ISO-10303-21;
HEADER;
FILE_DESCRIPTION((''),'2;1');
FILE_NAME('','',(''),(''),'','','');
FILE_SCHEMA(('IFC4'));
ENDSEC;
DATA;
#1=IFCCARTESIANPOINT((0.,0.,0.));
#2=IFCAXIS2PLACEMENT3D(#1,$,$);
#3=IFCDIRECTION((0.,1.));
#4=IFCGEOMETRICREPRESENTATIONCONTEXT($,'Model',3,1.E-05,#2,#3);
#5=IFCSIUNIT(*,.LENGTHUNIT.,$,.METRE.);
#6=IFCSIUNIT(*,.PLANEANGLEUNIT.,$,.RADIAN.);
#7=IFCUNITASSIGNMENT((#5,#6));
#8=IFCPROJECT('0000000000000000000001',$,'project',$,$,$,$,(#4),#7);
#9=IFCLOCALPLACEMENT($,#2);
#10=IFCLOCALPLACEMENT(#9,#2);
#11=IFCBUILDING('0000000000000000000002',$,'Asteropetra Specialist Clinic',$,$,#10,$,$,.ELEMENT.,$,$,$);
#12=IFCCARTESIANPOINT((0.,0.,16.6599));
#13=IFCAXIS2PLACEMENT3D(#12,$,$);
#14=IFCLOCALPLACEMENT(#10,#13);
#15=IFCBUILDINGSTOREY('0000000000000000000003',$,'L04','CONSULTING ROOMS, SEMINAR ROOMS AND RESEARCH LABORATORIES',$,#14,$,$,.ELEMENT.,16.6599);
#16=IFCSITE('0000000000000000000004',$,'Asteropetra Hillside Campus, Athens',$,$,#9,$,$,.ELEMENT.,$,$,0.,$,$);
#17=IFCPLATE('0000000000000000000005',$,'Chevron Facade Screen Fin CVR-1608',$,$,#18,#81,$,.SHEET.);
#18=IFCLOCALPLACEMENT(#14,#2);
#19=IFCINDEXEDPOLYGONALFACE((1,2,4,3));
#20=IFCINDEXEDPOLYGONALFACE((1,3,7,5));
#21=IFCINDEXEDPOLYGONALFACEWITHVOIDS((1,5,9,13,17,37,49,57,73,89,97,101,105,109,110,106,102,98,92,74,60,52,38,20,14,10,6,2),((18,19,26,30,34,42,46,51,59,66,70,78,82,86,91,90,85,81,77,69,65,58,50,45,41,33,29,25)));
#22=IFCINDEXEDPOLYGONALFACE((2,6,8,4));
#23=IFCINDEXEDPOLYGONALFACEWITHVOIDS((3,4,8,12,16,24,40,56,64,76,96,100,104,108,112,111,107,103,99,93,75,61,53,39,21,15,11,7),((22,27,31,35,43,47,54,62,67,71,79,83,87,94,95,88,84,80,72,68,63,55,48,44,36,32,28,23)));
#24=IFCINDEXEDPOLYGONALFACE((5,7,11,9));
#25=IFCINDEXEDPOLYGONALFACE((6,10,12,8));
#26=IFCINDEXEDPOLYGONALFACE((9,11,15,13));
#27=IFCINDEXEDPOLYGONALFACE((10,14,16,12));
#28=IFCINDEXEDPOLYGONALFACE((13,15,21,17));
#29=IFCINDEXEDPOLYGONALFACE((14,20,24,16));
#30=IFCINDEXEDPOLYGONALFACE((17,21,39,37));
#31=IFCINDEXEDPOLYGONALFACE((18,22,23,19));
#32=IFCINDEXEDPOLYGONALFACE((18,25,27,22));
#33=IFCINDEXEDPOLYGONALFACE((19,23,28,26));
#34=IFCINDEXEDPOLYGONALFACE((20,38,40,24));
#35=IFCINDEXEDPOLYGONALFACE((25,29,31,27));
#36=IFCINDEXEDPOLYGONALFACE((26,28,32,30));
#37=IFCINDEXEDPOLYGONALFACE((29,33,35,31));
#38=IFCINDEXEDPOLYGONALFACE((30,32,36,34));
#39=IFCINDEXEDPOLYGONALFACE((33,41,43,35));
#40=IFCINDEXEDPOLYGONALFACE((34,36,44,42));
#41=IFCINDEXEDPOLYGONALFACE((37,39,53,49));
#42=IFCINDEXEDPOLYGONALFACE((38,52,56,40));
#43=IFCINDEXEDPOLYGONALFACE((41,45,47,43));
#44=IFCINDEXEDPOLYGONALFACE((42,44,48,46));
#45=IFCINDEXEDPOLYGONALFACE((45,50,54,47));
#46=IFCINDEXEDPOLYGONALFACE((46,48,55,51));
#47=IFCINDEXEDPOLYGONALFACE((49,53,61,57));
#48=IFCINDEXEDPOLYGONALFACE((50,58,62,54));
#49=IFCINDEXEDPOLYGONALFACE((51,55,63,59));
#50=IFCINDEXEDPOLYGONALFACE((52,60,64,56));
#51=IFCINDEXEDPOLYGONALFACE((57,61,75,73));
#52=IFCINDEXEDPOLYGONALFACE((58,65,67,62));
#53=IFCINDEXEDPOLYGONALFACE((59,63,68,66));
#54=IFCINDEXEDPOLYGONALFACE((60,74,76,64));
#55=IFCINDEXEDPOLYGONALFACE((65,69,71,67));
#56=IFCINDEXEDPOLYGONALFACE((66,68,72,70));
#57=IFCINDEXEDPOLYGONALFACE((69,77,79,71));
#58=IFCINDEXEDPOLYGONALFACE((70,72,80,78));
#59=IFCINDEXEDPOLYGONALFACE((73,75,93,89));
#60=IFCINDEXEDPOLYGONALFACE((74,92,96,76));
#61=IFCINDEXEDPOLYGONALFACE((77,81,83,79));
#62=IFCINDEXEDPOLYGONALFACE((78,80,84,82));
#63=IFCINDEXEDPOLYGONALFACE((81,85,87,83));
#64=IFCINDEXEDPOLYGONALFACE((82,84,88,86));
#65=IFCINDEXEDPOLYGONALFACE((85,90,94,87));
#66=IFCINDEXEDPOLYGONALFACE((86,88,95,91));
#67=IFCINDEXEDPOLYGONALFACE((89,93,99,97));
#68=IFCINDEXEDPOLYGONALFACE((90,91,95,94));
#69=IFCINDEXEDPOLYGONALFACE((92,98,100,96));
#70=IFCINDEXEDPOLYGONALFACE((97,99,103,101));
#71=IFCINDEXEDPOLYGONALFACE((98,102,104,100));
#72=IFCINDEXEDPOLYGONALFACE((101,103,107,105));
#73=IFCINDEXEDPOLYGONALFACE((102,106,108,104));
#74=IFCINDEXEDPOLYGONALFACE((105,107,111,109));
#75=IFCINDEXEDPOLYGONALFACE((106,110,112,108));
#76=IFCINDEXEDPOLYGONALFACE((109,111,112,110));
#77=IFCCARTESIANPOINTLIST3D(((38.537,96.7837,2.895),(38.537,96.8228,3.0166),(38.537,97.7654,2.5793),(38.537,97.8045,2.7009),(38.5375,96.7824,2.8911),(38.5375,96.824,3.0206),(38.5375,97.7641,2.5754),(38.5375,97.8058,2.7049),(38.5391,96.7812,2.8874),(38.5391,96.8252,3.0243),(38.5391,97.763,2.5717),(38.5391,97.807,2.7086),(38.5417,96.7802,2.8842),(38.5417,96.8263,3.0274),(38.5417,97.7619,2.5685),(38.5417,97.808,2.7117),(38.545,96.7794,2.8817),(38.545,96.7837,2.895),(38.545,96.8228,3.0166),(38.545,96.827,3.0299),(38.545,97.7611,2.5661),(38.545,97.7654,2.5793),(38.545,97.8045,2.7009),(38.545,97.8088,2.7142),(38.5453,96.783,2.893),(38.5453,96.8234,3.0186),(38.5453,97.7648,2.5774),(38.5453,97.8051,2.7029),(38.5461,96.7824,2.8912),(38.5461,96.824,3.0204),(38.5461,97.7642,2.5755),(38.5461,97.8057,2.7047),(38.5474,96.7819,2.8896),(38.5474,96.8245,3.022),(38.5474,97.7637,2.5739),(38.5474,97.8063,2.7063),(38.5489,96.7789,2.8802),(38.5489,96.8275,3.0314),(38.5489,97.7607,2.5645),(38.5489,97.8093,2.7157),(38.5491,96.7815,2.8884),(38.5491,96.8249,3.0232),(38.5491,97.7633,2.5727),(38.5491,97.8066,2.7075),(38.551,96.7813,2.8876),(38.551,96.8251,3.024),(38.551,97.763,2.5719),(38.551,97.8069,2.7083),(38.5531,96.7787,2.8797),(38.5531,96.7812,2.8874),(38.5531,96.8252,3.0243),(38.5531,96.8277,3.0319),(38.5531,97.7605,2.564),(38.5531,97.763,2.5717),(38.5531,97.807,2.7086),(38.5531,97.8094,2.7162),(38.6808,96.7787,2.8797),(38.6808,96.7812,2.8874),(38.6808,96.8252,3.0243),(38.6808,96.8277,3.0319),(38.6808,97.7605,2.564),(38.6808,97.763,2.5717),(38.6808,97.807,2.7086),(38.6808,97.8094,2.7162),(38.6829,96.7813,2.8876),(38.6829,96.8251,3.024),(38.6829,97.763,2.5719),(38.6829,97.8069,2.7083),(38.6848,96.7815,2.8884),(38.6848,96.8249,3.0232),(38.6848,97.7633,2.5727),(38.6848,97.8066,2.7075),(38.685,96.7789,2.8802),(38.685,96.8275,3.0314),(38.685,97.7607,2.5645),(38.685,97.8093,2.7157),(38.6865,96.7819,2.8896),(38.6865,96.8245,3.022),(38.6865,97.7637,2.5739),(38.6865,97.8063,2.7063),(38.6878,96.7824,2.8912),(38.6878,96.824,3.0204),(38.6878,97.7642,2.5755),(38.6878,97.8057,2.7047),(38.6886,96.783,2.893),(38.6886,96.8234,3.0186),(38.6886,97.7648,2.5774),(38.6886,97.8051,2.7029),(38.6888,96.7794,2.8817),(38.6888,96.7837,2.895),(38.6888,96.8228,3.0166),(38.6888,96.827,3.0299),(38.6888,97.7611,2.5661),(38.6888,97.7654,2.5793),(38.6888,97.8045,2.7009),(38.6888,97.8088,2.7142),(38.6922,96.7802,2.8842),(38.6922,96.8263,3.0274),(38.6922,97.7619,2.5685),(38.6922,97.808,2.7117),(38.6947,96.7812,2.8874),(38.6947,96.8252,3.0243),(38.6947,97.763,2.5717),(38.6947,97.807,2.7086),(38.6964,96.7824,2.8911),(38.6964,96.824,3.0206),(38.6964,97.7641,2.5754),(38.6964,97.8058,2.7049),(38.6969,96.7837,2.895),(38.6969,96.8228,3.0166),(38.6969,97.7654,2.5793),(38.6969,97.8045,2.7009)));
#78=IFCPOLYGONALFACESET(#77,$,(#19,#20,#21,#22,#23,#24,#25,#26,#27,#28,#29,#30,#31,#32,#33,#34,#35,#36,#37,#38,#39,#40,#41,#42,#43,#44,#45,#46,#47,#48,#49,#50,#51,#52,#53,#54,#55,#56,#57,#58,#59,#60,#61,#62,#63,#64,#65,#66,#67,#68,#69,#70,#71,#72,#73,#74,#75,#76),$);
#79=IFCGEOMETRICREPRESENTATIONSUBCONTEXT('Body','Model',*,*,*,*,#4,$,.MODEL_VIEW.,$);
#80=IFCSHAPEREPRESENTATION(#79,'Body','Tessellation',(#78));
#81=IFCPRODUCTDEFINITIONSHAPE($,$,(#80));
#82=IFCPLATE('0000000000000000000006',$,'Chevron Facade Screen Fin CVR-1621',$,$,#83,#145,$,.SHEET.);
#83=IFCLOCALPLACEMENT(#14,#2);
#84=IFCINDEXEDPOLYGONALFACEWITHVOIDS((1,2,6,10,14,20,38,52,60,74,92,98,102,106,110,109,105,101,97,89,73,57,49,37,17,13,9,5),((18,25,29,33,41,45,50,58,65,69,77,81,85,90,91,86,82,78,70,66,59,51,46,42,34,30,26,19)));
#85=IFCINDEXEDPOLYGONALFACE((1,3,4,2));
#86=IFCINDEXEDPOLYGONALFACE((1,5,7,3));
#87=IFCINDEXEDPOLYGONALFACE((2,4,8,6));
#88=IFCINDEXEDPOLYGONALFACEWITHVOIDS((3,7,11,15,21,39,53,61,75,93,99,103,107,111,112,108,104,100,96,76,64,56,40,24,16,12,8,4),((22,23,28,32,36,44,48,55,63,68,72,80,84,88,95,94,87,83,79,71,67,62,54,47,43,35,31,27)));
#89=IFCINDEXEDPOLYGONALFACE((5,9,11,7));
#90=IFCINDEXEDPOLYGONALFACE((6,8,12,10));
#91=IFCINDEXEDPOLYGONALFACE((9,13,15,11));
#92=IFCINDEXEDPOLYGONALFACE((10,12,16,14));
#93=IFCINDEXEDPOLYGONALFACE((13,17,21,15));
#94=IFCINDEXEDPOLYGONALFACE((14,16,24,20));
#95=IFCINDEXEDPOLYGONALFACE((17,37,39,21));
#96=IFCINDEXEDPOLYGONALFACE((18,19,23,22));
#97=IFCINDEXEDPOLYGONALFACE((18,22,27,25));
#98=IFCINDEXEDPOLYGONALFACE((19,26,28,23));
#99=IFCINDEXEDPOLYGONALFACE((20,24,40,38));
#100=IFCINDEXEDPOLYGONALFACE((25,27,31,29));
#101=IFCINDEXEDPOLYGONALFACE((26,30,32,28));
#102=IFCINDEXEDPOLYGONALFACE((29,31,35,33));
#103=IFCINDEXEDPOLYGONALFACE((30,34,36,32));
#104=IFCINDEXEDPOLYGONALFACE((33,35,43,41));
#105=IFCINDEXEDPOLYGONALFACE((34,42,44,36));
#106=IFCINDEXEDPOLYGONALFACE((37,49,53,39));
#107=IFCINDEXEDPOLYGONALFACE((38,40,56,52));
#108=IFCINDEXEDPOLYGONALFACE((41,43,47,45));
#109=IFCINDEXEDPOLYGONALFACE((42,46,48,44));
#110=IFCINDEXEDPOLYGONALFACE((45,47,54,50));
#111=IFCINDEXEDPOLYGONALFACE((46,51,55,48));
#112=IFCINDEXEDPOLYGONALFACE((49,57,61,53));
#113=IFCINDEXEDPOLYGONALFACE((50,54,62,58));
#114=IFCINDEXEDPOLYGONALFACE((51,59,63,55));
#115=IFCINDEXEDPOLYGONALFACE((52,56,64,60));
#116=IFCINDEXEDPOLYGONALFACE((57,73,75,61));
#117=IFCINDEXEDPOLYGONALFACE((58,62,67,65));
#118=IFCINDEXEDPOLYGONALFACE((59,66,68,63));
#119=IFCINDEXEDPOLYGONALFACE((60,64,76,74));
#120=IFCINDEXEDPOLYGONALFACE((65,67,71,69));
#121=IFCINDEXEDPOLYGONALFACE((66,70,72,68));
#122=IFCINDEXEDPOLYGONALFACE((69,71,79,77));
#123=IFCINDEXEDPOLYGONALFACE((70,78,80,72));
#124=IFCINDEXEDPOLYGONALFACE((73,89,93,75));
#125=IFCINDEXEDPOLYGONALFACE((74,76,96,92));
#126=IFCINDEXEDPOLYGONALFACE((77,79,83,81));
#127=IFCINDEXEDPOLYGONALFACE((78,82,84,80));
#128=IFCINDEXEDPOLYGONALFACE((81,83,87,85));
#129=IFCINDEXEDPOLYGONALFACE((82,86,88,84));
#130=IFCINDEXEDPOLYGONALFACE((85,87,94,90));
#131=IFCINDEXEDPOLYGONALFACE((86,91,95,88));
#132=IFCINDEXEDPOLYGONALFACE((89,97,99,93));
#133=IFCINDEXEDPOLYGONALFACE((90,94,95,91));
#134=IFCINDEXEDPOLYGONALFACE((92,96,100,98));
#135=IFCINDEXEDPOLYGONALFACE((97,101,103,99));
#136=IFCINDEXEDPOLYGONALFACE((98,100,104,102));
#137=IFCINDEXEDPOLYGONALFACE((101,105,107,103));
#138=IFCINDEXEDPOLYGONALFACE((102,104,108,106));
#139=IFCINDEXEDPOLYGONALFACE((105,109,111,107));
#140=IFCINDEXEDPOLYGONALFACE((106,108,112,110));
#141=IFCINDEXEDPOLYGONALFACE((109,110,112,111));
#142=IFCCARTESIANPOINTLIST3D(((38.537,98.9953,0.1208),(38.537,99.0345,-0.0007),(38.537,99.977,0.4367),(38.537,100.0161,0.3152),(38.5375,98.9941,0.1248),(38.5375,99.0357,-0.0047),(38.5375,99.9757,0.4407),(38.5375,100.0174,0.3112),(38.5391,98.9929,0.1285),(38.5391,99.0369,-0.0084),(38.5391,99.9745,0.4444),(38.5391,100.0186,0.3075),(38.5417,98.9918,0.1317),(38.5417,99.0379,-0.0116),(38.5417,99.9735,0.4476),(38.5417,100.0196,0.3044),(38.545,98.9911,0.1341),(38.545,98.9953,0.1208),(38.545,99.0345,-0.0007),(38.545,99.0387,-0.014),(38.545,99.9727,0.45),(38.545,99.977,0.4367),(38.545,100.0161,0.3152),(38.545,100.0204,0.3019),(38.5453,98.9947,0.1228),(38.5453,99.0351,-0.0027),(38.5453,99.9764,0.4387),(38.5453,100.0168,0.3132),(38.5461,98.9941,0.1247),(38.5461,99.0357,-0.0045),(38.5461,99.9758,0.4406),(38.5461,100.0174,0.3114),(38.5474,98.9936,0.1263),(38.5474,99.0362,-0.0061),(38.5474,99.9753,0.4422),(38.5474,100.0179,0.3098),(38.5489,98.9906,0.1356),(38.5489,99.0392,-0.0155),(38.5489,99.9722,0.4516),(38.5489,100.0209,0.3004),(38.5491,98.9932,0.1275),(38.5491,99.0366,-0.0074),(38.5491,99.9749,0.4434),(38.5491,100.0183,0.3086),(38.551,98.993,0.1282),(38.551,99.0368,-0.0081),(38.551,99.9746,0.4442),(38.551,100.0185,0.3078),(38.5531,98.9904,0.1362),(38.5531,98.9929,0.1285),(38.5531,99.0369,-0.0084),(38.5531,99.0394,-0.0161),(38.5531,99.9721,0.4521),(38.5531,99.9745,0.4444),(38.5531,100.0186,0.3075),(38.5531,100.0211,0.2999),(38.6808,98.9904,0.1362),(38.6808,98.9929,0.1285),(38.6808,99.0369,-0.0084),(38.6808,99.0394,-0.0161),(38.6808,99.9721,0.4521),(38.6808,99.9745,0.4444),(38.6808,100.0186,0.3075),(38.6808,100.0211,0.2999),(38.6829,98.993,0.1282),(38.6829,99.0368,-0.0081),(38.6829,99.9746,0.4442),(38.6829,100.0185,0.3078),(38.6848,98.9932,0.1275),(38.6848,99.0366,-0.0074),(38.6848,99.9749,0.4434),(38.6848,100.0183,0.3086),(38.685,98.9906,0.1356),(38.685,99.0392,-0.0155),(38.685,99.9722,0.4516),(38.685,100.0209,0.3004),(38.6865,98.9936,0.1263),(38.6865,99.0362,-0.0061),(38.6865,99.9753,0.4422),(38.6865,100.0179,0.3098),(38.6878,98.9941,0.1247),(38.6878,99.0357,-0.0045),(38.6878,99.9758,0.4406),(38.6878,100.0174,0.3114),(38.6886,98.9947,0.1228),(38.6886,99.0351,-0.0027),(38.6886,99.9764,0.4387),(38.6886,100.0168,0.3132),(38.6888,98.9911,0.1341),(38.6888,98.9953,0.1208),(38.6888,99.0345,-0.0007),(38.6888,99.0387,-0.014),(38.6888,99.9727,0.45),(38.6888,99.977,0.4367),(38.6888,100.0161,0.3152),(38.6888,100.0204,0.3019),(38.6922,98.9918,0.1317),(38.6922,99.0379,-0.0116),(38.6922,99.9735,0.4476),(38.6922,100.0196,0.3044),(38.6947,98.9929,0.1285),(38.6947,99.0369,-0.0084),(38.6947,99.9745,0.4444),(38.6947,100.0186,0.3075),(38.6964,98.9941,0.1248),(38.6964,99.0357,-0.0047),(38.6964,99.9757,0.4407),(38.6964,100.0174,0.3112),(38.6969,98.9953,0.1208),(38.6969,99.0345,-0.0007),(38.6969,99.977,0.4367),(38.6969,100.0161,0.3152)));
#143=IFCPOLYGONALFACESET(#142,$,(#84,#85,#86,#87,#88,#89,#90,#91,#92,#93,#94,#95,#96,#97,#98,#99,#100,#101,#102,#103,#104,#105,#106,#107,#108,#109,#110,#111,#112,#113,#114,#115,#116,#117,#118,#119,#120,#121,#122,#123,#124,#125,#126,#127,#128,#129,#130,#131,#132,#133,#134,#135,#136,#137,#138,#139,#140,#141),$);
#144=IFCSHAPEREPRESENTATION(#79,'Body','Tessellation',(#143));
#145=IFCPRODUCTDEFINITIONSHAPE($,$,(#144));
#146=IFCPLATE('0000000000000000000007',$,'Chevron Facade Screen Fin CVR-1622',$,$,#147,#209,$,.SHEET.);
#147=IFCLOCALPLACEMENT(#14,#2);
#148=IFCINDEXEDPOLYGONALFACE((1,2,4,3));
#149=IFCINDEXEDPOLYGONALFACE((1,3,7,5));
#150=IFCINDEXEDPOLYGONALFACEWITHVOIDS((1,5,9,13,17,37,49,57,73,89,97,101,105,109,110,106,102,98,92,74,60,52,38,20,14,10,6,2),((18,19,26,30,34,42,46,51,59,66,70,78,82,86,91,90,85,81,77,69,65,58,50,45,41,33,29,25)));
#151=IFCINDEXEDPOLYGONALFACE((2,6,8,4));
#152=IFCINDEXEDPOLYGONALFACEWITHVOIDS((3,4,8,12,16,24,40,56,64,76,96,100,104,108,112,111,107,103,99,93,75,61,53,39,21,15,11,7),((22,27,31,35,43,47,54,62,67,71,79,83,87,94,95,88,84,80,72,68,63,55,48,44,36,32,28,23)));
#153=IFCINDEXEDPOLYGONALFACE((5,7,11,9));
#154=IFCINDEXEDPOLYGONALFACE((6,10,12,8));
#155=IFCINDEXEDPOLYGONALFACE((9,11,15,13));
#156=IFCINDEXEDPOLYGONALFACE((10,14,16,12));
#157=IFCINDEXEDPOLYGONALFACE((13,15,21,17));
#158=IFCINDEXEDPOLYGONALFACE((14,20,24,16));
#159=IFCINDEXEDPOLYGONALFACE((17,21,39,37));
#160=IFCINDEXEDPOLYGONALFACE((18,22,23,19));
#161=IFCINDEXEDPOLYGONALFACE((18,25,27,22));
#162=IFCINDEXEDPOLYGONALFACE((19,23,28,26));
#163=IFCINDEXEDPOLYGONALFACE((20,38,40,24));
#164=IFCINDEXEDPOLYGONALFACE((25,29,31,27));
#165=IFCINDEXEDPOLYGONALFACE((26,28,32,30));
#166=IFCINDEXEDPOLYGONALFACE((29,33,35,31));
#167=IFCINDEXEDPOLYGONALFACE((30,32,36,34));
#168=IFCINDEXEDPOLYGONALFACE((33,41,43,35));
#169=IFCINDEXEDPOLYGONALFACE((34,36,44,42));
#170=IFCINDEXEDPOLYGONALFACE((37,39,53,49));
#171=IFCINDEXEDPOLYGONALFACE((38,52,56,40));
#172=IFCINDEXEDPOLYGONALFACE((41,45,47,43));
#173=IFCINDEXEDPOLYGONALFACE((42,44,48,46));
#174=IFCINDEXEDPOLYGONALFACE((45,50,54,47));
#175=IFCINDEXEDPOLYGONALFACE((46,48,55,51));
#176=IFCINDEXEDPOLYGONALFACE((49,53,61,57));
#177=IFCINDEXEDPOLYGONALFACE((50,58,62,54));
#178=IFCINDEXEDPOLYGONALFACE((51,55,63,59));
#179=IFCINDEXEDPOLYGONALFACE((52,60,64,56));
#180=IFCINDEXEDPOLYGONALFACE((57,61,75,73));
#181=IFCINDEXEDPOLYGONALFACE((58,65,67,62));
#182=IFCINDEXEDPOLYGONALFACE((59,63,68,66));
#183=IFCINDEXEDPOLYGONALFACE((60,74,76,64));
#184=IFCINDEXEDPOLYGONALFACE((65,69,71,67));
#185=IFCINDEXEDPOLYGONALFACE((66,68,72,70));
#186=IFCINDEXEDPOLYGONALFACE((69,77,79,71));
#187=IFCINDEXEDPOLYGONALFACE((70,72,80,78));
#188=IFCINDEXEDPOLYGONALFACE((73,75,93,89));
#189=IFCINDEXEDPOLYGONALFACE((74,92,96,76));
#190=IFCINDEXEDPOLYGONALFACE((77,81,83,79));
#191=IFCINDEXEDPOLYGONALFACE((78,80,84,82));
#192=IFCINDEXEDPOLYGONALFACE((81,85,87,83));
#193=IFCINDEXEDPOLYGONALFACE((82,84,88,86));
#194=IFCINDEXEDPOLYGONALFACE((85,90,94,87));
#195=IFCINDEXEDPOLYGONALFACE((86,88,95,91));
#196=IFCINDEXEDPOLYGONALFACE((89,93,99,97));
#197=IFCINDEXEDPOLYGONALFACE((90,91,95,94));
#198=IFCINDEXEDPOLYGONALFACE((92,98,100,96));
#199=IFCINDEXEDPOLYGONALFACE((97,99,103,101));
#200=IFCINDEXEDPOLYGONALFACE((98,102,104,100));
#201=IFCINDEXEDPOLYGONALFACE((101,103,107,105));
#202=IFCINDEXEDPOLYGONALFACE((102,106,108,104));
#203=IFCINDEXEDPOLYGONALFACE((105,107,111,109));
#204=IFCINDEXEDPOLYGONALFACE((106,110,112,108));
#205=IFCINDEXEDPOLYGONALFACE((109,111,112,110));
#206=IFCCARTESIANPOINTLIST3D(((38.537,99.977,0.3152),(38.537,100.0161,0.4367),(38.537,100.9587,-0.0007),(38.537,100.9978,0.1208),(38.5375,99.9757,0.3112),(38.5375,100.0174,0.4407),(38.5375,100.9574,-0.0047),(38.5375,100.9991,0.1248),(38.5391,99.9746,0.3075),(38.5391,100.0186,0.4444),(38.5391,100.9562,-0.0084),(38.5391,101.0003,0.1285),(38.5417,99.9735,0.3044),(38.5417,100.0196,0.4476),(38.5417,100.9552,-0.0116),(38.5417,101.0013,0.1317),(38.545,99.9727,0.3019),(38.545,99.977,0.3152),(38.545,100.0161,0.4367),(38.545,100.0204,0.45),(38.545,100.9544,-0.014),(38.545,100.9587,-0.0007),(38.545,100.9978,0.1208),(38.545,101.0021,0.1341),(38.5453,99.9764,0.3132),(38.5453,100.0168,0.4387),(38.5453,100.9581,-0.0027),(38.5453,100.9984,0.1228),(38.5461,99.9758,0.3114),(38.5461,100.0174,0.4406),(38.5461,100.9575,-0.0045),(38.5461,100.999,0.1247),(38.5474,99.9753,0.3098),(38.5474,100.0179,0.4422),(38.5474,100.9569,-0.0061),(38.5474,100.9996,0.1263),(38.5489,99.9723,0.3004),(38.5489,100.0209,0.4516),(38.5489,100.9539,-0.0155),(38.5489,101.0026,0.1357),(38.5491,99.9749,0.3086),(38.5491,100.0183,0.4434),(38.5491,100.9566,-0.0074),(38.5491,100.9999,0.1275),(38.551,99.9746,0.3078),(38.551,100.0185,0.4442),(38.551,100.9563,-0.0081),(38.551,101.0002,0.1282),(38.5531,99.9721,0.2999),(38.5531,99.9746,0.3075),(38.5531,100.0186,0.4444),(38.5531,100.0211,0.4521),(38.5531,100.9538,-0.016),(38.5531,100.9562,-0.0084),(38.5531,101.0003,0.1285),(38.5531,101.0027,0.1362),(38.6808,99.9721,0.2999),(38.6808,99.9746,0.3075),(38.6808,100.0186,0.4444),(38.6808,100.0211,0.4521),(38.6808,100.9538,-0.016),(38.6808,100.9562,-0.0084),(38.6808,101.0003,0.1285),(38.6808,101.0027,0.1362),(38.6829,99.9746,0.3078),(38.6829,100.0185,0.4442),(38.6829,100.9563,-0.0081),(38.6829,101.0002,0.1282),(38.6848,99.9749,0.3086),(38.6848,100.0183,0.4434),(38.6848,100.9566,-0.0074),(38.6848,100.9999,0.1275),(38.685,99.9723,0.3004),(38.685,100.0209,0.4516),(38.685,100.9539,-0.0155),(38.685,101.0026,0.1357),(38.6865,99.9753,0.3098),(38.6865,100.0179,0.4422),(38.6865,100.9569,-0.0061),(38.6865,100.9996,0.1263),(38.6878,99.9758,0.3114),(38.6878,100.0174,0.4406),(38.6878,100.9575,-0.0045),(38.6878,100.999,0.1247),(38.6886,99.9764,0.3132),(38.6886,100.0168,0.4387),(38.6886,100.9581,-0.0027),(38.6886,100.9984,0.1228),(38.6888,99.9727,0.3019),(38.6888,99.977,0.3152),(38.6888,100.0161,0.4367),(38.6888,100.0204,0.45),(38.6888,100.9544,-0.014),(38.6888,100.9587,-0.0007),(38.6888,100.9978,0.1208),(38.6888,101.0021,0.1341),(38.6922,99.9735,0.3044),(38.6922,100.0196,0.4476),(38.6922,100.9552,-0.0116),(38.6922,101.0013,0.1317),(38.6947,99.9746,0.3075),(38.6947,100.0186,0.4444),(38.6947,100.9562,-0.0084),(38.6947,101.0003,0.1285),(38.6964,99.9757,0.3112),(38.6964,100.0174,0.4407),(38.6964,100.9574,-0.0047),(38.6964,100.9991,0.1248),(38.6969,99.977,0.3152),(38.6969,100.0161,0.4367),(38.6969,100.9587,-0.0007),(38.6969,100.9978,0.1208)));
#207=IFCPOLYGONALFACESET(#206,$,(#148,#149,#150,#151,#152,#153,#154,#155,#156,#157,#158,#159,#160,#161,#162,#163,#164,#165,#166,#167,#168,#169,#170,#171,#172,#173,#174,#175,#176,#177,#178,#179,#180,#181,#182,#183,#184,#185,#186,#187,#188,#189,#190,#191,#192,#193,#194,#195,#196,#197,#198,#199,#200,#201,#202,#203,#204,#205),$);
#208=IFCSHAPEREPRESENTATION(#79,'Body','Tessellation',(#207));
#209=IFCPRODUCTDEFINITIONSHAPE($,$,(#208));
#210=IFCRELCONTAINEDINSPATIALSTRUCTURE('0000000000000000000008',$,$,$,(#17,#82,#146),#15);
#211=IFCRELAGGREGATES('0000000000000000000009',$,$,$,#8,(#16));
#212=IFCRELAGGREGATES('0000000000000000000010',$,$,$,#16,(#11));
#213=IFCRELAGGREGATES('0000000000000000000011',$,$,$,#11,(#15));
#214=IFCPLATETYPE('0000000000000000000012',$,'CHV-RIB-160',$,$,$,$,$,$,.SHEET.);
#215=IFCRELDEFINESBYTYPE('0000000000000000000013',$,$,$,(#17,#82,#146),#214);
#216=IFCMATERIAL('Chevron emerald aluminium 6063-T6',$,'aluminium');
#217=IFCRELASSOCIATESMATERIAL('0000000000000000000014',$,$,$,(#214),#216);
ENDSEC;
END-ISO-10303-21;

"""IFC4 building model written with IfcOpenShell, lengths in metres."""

from ifc_helpers import new_model, si_unit, direction, frame, origin, origin_2d, place, context, subcontext, project, spatial, hollow_rectangle, extrude, material, material_profile, profile_set, type_object, element, save


model = new_model("IFC4")

# Units and contexts
model_context = context("Model", 3, precision=1e-05, world=origin(), true_north=direction((0.0, 1.0)))
body_context = subcontext(model_context, "Body", "Model", "MODEL_VIEW")
ifc_project = project(units=[si_unit("LENGTHUNIT", "METRE"), si_unit("PLANEANGLEUNIT", "RADIAN")], contexts=[model_context])

# Site, building, storey
site_placement = place(None, origin())
site = spatial("IfcSite", under=ifc_project, at=site_placement, Name="Asteropetra Hillside Campus, Athens", CompositionType="ELEMENT", RefElevation=0.0)
building_placement = place(site_placement, origin())
building = spatial("IfcBuilding", under=site, at=building_placement, Name="Asteropetra Specialist Clinic", CompositionType="ELEMENT")
storey_placement = place(building_placement, frame((0.0, 0.0, 16.6599)))
storey = spatial("IfcBuildingStorey", under=building, at=storey_placement, Name="L04", Description="CONSULTING ROOMS, SEMINAR ROOMS AND RESEARCH LABORATORIES", CompositionType="ELEMENT", Elevation=16.6599)

# Plates
ifc_material_1 = material(Name="Chevron emerald aluminium 6063-T6", Category="aluminium")
ifc_material_profile = material_profile(ifc_material_1, hollow_rectangle(XDim=0.1599, YDim=0.1599, WallThickness=0.0081, InnerFilletRadius=0.0081, OuterFilletRadius=0.0161, at=origin_2d()), Name="SHS 160x160x8.0")
ifc_profile_set = profile_set([ifc_material_profile], Name="Chevron emerald aluminium 6063-T6")
plate_type = type_object("IfcPlateType", Name="CHV-RIB-160", PredefinedType="SHEET", material=ifc_profile_set)
for number, where, z_axis, x_axis, name in (
    (1, (38.6169, 96.8032, 2.9558), (0.0, 0.951992, -0.306124), (-1.0, 0.0, 0.0), "Chevron Facade Screen Fin CVR-1608"),
    (2, (38.6169, 99.0149, 0.0601), (0.0, 0.951923, 0.306339), (-1.0, 0.0, 0.0), "Chevron Facade Screen Fin CVR-1621"),
    (3, (38.6169, 99.9966, 0.376), (0.0, 0.951923, -0.306339), (-1.0, 0.0, 0.0), "Chevron Facade Screen Fin CVR-1622"),
):
    element("IfcPlate", number, at=place(storey_placement, frame(where, z_axis=z_axis, x_axis=x_axis)), inside=storey, type_object=plate_type, Name=name, PredefinedType="SHEET", context=body_context, shape_type="SweptSolid", body=[
        extrude(hollow_rectangle(XDim=0.1599, YDim=0.1599, WallThickness=0.0081, InnerFilletRadius=0.0081, OuterFilletRadius=0.0161, at=origin_2d()), origin(), (0.0, 0.0, 1.0), 1.0312),
    ])

save(model, "model.ifc")
